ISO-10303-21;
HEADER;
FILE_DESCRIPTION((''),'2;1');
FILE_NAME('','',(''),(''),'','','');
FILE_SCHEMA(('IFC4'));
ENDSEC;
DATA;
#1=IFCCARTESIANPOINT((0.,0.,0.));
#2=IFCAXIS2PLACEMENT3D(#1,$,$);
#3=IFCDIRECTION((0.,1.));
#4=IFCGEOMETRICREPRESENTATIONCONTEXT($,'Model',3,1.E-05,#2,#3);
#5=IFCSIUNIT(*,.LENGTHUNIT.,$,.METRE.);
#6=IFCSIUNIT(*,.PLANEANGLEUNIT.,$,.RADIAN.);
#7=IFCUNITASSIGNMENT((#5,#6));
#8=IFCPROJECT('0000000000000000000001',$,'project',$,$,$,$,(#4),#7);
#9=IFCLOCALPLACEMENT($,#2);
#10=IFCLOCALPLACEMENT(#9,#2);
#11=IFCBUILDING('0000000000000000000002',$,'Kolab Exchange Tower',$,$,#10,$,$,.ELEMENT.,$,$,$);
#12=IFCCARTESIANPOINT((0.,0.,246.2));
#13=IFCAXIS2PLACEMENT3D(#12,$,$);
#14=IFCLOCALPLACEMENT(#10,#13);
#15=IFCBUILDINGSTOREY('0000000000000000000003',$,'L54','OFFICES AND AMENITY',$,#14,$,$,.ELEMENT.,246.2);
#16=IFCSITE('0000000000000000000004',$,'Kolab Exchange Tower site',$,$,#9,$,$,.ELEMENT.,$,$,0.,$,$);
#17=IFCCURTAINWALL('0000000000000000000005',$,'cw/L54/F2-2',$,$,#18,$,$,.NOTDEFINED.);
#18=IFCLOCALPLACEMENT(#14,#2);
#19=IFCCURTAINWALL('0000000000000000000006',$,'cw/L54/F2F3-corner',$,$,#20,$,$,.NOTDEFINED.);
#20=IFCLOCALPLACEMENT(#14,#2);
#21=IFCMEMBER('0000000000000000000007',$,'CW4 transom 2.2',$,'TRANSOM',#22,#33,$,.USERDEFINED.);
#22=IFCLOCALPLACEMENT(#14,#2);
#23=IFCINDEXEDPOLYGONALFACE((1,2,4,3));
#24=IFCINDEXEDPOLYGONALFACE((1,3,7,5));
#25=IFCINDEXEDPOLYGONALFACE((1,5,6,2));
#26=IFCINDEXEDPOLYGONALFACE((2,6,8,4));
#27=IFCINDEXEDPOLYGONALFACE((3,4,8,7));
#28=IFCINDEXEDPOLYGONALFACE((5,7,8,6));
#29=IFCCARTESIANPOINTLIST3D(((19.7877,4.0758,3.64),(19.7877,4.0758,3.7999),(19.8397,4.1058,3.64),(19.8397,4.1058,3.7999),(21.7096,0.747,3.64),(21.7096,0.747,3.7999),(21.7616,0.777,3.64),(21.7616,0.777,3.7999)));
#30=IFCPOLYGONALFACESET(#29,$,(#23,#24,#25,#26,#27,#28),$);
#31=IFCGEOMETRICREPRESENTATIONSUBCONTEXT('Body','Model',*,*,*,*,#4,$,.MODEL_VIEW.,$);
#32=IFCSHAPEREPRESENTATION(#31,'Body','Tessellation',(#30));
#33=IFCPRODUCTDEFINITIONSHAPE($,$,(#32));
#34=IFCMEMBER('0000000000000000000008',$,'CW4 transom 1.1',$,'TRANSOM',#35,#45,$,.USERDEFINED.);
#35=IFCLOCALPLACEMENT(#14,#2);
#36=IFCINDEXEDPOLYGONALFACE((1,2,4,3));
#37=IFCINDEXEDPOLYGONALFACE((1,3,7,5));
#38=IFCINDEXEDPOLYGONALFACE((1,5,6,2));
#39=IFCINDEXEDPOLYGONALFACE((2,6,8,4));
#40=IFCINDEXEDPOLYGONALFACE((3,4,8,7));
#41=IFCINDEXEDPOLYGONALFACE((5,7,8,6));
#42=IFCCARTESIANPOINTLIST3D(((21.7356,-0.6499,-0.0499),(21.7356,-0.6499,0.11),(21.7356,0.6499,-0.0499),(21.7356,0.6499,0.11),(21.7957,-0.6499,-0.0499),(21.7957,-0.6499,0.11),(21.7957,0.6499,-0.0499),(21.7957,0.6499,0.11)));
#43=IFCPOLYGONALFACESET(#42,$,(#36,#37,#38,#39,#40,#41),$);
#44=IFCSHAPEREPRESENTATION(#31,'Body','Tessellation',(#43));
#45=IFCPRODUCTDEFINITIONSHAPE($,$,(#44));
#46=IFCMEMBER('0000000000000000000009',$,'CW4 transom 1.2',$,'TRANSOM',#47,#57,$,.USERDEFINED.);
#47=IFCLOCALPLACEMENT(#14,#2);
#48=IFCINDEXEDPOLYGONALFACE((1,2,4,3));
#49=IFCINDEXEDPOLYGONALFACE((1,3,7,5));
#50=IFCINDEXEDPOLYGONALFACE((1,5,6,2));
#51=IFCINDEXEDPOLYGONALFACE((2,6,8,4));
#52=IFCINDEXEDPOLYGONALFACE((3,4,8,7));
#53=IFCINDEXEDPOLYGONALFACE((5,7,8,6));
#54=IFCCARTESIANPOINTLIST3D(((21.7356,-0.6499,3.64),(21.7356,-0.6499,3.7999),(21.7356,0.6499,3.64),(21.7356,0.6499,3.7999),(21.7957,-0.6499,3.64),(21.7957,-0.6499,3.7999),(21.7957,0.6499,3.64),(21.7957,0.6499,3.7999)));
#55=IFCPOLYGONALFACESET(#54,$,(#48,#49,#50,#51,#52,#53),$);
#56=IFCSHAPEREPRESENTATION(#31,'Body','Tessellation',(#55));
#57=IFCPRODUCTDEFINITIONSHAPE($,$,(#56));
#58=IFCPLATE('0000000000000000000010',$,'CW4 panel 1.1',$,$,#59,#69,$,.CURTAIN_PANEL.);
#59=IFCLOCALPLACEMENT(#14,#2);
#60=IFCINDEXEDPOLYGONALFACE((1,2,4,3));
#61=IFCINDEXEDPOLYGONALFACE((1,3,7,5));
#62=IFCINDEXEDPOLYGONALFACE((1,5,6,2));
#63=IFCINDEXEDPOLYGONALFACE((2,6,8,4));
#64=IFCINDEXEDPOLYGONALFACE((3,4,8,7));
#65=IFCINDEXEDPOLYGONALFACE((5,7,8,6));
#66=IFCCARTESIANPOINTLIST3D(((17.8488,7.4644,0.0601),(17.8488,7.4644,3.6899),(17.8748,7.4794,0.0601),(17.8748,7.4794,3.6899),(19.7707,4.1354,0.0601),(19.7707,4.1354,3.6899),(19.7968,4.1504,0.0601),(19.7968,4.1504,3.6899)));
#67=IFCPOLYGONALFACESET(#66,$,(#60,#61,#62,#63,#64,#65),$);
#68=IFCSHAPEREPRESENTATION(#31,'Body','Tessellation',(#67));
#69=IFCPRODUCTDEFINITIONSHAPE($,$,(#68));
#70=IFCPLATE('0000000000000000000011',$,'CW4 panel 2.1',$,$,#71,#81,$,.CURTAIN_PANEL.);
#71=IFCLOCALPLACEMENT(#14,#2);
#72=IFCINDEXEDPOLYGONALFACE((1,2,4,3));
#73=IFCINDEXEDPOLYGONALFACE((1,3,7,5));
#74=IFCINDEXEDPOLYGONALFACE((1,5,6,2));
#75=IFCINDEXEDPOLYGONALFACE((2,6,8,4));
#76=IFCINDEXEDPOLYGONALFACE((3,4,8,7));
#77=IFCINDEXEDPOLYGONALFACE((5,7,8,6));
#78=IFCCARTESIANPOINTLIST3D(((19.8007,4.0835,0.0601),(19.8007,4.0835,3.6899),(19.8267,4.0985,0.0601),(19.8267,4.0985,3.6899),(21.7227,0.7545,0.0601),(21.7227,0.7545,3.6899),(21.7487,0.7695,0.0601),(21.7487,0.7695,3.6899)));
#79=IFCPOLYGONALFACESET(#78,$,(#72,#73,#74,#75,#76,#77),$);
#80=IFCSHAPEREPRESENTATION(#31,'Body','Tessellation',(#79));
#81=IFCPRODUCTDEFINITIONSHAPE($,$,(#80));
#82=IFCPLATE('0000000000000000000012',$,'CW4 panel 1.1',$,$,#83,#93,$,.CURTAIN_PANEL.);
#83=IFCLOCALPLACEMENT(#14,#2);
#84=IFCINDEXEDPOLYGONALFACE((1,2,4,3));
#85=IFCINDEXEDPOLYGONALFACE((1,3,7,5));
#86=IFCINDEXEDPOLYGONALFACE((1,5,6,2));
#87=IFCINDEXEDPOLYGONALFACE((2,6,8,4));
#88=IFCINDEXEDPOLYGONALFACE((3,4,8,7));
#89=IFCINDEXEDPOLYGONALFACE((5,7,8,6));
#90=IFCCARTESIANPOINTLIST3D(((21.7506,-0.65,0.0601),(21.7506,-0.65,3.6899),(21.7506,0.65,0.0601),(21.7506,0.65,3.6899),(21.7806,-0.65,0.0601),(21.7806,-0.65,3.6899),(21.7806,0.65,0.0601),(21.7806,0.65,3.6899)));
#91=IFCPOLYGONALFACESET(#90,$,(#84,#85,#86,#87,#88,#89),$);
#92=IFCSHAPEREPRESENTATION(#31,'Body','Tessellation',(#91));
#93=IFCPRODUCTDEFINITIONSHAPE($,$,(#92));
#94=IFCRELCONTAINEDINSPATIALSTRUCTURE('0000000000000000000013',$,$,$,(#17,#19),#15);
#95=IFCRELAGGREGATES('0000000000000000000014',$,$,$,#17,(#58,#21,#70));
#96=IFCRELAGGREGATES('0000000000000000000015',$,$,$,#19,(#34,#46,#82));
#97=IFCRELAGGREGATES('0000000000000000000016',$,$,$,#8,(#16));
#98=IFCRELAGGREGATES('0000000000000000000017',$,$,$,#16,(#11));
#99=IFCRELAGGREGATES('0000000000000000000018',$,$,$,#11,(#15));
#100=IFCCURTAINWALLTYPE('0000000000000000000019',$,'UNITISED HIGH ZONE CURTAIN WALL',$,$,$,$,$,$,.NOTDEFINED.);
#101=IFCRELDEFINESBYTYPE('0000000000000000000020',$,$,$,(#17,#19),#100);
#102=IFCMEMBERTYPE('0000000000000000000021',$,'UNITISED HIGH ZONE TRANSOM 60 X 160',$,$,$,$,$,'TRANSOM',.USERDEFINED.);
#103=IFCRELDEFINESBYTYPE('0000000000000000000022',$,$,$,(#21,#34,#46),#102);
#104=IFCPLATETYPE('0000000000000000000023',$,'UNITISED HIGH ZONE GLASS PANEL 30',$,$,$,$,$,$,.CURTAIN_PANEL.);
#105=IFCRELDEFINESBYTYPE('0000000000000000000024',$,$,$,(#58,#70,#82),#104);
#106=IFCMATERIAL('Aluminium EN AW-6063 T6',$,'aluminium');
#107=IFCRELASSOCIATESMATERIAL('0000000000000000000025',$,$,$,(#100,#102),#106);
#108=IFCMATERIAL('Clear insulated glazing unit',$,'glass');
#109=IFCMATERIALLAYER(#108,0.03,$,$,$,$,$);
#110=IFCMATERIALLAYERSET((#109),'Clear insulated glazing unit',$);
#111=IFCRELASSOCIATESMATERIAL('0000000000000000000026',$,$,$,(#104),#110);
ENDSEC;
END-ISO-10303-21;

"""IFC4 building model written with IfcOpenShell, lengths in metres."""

from ifc_helpers import new_model, si_unit, direction, frame, origin, origin_2d, place, context, subcontext, project, spatial, rectangle, extrude, material, layer, layer_set, material_profile, profile_set, type_object, element, aggregate, save


model = new_model("IFC4")

# Units and contexts
model_context = context("Model", 3, precision=1e-05, world=origin(), true_north=direction((0.0, 1.0)))
body_context = subcontext(model_context, "Body", "Model", "MODEL_VIEW")
ifc_project = project(units=[si_unit("LENGTHUNIT", "METRE"), si_unit("PLANEANGLEUNIT", "RADIAN")], contexts=[model_context])

# Site, building, storey
site_placement = place(None, origin())
site = spatial("IfcSite", under=ifc_project, at=site_placement, Name="Kolab Exchange Tower site", CompositionType="ELEMENT", RefElevation=0.0)
building_placement = place(site_placement, origin())
building = spatial("IfcBuilding", under=site, at=building_placement, Name="Kolab Exchange Tower", CompositionType="ELEMENT")
storey_placement = place(building_placement, frame((0.0, 0.0, 246.2)))
storey = spatial("IfcBuildingStorey", under=building, at=storey_placement, Name="L54", Description="OFFICES AND AMENITY", CompositionType="ELEMENT", Elevation=246.2)

# Shared definitions
ifc_material_1 = material(Name="Aluminium EN AW-6063 T6", Category="aluminium")
curtain_wall_type = type_object("IfcCurtainWallType", Name="UNITISED HIGH ZONE CURTAIN WALL", PredefinedType="NOTDEFINED", material=ifc_material_1)

# Curtain wall
curtain_wall_1_placement = place(storey_placement, origin())
curtain_wall_1 = element("IfcCurtainWall", 1, at=curtain_wall_1_placement, inside=storey, type_object=curtain_wall_type, Name="cw/L54/F2-2", PredefinedType="NOTDEFINED")

# Curtain wall
curtain_wall_2_placement = place(storey_placement, origin())
curtain_wall_2 = element("IfcCurtainWall", 2, at=curtain_wall_2_placement, inside=storey, type_object=curtain_wall_type, Name="cw/L54/F2F3-corner", PredefinedType="NOTDEFINED")

# Members
ifc_material_profile_1 = material_profile(ifc_material_1, rectangle(XDim=0.0601, YDim=0.1599, at=origin_2d()), Name="RECT 60X160")
ifc_profile_set_1 = profile_set([ifc_material_profile_1], Name="Aluminium EN AW-6063 T6")
member_type_1 = type_object("IfcMemberType", Name="UNITISED HIGH ZONE TRANSOM 60 X 160", ElementType="TRANSOM", PredefinedType="USERDEFINED", material=ifc_profile_set_1)
member_1_placement = place(storey_placement, frame((19.8137, 4.0908, 3.72), z_axis=(0.499992, -0.86603, 0.0), x_axis=(0.86603, 0.499992, 0.0)))
member_1 = element("IfcMember", 3, at=member_1_placement, type_object=member_type_1, Name="CW4 transom 2.2", ObjectType="TRANSOM", PredefinedType="USERDEFINED", context=body_context, shape_type="SweptSolid", body=[
    extrude(rectangle(XDim=0.0601, YDim=0.1599, at=origin_2d()), origin(), (0.0, 0.0, 1.0), 3.8438),
])
member_2_placement = place(storey_placement, frame((21.7656, 0.6499, 0.03), z_axis=(0.0, -1.0, 0.0), x_axis=(1.0, 0.0, 0.0)))
member_2 = element("IfcMember", 4, at=member_2_placement, type_object=member_type_1, Name="CW4 transom 1.1", ObjectType="TRANSOM", PredefinedType="USERDEFINED", context=body_context, shape_type="SweptSolid", body=[
    extrude(rectangle(XDim=0.0601, YDim=0.1599, at=origin_2d()), origin(), (0.0, 0.0, 1.0), 1.2998),
])
member_3_placement = place(storey_placement, frame((21.7656, 0.6499, 3.72), z_axis=(0.0, -1.0, 0.0), x_axis=(1.0, 0.0, 0.0)))
member_3 = element("IfcMember", 5, at=member_3_placement, type_object=member_type_1, Name="CW4 transom 1.2", ObjectType="TRANSOM", PredefinedType="USERDEFINED", context=body_context, shape_type="SweptSolid", body=[
    extrude(rectangle(XDim=0.0601, YDim=0.1599, at=origin_2d()), origin(), (0.0, 0.0, 1.0), 1.2998),
])

# Plates
ifc_material_2 = material(Name="Clear insulated glazing unit", Category="glass")
ifc_layer_1 = layer(ifc_material_2, 0.03)
ifc_layer_set_1 = layer_set([ifc_layer_1], Name="Clear insulated glazing unit")
plate_type = type_object("IfcPlateType", Name="UNITISED HIGH ZONE GLASS PANEL 30", PredefinedType="CURTAIN_PANEL", material=ifc_layer_set_1)
plate_1_placement = place(storey_placement, frame((18.8228, 5.8074, 0.0601), z_axis=(0.0, 0.0, 1.0), x_axis=(0.5, -0.866025, 0.0)))
plate_1 = element("IfcPlate", 6, at=plate_1_placement, type_object=plate_type, Name="CW4 panel 1.1", PredefinedType="CURTAIN_PANEL", context=body_context, shape_type="SweptSolid", body=[
    extrude(rectangle(XDim=3.844, YDim=0.03, at=origin_2d()), origin(), (0.0, 0.0, 1.0), 3.6299),
])
plate_2_placement = place(storey_placement, frame((20.7747, 2.4265, 0.0601), z_axis=(0.0, 0.0, 1.0), x_axis=(0.5, -0.866025, 0.0)))
plate_2 = element("IfcPlate", 7, at=plate_2_placement, type_object=plate_type, Name="CW4 panel 2.1", PredefinedType="CURTAIN_PANEL", context=body_context, shape_type="SweptSolid", body=[
    extrude(rectangle(XDim=3.844, YDim=0.03, at=origin_2d()), origin(), (0.0, 0.0, 1.0), 3.6299),
])
aggregate(curtain_wall_1, [plate_1, member_1, plate_2])
plate_3_placement = place(storey_placement, frame((21.7656, 0.0, 0.0601), z_axis=(0.0, 0.0, 1.0), x_axis=(0.0, -1.0, 0.0)))
plate_3 = element("IfcPlate", 8, at=plate_3_placement, type_object=plate_type, Name="CW4 panel 1.1", PredefinedType="CURTAIN_PANEL", context=body_context, shape_type="SweptSolid", body=[
    extrude(rectangle(XDim=1.3, YDim=0.03, at=origin_2d()), origin(), (0.0, 0.0, 1.0), 3.6299),
])
aggregate(curtain_wall_2, [member_2, member_3, plate_3])

save(model, "model.ifc")
